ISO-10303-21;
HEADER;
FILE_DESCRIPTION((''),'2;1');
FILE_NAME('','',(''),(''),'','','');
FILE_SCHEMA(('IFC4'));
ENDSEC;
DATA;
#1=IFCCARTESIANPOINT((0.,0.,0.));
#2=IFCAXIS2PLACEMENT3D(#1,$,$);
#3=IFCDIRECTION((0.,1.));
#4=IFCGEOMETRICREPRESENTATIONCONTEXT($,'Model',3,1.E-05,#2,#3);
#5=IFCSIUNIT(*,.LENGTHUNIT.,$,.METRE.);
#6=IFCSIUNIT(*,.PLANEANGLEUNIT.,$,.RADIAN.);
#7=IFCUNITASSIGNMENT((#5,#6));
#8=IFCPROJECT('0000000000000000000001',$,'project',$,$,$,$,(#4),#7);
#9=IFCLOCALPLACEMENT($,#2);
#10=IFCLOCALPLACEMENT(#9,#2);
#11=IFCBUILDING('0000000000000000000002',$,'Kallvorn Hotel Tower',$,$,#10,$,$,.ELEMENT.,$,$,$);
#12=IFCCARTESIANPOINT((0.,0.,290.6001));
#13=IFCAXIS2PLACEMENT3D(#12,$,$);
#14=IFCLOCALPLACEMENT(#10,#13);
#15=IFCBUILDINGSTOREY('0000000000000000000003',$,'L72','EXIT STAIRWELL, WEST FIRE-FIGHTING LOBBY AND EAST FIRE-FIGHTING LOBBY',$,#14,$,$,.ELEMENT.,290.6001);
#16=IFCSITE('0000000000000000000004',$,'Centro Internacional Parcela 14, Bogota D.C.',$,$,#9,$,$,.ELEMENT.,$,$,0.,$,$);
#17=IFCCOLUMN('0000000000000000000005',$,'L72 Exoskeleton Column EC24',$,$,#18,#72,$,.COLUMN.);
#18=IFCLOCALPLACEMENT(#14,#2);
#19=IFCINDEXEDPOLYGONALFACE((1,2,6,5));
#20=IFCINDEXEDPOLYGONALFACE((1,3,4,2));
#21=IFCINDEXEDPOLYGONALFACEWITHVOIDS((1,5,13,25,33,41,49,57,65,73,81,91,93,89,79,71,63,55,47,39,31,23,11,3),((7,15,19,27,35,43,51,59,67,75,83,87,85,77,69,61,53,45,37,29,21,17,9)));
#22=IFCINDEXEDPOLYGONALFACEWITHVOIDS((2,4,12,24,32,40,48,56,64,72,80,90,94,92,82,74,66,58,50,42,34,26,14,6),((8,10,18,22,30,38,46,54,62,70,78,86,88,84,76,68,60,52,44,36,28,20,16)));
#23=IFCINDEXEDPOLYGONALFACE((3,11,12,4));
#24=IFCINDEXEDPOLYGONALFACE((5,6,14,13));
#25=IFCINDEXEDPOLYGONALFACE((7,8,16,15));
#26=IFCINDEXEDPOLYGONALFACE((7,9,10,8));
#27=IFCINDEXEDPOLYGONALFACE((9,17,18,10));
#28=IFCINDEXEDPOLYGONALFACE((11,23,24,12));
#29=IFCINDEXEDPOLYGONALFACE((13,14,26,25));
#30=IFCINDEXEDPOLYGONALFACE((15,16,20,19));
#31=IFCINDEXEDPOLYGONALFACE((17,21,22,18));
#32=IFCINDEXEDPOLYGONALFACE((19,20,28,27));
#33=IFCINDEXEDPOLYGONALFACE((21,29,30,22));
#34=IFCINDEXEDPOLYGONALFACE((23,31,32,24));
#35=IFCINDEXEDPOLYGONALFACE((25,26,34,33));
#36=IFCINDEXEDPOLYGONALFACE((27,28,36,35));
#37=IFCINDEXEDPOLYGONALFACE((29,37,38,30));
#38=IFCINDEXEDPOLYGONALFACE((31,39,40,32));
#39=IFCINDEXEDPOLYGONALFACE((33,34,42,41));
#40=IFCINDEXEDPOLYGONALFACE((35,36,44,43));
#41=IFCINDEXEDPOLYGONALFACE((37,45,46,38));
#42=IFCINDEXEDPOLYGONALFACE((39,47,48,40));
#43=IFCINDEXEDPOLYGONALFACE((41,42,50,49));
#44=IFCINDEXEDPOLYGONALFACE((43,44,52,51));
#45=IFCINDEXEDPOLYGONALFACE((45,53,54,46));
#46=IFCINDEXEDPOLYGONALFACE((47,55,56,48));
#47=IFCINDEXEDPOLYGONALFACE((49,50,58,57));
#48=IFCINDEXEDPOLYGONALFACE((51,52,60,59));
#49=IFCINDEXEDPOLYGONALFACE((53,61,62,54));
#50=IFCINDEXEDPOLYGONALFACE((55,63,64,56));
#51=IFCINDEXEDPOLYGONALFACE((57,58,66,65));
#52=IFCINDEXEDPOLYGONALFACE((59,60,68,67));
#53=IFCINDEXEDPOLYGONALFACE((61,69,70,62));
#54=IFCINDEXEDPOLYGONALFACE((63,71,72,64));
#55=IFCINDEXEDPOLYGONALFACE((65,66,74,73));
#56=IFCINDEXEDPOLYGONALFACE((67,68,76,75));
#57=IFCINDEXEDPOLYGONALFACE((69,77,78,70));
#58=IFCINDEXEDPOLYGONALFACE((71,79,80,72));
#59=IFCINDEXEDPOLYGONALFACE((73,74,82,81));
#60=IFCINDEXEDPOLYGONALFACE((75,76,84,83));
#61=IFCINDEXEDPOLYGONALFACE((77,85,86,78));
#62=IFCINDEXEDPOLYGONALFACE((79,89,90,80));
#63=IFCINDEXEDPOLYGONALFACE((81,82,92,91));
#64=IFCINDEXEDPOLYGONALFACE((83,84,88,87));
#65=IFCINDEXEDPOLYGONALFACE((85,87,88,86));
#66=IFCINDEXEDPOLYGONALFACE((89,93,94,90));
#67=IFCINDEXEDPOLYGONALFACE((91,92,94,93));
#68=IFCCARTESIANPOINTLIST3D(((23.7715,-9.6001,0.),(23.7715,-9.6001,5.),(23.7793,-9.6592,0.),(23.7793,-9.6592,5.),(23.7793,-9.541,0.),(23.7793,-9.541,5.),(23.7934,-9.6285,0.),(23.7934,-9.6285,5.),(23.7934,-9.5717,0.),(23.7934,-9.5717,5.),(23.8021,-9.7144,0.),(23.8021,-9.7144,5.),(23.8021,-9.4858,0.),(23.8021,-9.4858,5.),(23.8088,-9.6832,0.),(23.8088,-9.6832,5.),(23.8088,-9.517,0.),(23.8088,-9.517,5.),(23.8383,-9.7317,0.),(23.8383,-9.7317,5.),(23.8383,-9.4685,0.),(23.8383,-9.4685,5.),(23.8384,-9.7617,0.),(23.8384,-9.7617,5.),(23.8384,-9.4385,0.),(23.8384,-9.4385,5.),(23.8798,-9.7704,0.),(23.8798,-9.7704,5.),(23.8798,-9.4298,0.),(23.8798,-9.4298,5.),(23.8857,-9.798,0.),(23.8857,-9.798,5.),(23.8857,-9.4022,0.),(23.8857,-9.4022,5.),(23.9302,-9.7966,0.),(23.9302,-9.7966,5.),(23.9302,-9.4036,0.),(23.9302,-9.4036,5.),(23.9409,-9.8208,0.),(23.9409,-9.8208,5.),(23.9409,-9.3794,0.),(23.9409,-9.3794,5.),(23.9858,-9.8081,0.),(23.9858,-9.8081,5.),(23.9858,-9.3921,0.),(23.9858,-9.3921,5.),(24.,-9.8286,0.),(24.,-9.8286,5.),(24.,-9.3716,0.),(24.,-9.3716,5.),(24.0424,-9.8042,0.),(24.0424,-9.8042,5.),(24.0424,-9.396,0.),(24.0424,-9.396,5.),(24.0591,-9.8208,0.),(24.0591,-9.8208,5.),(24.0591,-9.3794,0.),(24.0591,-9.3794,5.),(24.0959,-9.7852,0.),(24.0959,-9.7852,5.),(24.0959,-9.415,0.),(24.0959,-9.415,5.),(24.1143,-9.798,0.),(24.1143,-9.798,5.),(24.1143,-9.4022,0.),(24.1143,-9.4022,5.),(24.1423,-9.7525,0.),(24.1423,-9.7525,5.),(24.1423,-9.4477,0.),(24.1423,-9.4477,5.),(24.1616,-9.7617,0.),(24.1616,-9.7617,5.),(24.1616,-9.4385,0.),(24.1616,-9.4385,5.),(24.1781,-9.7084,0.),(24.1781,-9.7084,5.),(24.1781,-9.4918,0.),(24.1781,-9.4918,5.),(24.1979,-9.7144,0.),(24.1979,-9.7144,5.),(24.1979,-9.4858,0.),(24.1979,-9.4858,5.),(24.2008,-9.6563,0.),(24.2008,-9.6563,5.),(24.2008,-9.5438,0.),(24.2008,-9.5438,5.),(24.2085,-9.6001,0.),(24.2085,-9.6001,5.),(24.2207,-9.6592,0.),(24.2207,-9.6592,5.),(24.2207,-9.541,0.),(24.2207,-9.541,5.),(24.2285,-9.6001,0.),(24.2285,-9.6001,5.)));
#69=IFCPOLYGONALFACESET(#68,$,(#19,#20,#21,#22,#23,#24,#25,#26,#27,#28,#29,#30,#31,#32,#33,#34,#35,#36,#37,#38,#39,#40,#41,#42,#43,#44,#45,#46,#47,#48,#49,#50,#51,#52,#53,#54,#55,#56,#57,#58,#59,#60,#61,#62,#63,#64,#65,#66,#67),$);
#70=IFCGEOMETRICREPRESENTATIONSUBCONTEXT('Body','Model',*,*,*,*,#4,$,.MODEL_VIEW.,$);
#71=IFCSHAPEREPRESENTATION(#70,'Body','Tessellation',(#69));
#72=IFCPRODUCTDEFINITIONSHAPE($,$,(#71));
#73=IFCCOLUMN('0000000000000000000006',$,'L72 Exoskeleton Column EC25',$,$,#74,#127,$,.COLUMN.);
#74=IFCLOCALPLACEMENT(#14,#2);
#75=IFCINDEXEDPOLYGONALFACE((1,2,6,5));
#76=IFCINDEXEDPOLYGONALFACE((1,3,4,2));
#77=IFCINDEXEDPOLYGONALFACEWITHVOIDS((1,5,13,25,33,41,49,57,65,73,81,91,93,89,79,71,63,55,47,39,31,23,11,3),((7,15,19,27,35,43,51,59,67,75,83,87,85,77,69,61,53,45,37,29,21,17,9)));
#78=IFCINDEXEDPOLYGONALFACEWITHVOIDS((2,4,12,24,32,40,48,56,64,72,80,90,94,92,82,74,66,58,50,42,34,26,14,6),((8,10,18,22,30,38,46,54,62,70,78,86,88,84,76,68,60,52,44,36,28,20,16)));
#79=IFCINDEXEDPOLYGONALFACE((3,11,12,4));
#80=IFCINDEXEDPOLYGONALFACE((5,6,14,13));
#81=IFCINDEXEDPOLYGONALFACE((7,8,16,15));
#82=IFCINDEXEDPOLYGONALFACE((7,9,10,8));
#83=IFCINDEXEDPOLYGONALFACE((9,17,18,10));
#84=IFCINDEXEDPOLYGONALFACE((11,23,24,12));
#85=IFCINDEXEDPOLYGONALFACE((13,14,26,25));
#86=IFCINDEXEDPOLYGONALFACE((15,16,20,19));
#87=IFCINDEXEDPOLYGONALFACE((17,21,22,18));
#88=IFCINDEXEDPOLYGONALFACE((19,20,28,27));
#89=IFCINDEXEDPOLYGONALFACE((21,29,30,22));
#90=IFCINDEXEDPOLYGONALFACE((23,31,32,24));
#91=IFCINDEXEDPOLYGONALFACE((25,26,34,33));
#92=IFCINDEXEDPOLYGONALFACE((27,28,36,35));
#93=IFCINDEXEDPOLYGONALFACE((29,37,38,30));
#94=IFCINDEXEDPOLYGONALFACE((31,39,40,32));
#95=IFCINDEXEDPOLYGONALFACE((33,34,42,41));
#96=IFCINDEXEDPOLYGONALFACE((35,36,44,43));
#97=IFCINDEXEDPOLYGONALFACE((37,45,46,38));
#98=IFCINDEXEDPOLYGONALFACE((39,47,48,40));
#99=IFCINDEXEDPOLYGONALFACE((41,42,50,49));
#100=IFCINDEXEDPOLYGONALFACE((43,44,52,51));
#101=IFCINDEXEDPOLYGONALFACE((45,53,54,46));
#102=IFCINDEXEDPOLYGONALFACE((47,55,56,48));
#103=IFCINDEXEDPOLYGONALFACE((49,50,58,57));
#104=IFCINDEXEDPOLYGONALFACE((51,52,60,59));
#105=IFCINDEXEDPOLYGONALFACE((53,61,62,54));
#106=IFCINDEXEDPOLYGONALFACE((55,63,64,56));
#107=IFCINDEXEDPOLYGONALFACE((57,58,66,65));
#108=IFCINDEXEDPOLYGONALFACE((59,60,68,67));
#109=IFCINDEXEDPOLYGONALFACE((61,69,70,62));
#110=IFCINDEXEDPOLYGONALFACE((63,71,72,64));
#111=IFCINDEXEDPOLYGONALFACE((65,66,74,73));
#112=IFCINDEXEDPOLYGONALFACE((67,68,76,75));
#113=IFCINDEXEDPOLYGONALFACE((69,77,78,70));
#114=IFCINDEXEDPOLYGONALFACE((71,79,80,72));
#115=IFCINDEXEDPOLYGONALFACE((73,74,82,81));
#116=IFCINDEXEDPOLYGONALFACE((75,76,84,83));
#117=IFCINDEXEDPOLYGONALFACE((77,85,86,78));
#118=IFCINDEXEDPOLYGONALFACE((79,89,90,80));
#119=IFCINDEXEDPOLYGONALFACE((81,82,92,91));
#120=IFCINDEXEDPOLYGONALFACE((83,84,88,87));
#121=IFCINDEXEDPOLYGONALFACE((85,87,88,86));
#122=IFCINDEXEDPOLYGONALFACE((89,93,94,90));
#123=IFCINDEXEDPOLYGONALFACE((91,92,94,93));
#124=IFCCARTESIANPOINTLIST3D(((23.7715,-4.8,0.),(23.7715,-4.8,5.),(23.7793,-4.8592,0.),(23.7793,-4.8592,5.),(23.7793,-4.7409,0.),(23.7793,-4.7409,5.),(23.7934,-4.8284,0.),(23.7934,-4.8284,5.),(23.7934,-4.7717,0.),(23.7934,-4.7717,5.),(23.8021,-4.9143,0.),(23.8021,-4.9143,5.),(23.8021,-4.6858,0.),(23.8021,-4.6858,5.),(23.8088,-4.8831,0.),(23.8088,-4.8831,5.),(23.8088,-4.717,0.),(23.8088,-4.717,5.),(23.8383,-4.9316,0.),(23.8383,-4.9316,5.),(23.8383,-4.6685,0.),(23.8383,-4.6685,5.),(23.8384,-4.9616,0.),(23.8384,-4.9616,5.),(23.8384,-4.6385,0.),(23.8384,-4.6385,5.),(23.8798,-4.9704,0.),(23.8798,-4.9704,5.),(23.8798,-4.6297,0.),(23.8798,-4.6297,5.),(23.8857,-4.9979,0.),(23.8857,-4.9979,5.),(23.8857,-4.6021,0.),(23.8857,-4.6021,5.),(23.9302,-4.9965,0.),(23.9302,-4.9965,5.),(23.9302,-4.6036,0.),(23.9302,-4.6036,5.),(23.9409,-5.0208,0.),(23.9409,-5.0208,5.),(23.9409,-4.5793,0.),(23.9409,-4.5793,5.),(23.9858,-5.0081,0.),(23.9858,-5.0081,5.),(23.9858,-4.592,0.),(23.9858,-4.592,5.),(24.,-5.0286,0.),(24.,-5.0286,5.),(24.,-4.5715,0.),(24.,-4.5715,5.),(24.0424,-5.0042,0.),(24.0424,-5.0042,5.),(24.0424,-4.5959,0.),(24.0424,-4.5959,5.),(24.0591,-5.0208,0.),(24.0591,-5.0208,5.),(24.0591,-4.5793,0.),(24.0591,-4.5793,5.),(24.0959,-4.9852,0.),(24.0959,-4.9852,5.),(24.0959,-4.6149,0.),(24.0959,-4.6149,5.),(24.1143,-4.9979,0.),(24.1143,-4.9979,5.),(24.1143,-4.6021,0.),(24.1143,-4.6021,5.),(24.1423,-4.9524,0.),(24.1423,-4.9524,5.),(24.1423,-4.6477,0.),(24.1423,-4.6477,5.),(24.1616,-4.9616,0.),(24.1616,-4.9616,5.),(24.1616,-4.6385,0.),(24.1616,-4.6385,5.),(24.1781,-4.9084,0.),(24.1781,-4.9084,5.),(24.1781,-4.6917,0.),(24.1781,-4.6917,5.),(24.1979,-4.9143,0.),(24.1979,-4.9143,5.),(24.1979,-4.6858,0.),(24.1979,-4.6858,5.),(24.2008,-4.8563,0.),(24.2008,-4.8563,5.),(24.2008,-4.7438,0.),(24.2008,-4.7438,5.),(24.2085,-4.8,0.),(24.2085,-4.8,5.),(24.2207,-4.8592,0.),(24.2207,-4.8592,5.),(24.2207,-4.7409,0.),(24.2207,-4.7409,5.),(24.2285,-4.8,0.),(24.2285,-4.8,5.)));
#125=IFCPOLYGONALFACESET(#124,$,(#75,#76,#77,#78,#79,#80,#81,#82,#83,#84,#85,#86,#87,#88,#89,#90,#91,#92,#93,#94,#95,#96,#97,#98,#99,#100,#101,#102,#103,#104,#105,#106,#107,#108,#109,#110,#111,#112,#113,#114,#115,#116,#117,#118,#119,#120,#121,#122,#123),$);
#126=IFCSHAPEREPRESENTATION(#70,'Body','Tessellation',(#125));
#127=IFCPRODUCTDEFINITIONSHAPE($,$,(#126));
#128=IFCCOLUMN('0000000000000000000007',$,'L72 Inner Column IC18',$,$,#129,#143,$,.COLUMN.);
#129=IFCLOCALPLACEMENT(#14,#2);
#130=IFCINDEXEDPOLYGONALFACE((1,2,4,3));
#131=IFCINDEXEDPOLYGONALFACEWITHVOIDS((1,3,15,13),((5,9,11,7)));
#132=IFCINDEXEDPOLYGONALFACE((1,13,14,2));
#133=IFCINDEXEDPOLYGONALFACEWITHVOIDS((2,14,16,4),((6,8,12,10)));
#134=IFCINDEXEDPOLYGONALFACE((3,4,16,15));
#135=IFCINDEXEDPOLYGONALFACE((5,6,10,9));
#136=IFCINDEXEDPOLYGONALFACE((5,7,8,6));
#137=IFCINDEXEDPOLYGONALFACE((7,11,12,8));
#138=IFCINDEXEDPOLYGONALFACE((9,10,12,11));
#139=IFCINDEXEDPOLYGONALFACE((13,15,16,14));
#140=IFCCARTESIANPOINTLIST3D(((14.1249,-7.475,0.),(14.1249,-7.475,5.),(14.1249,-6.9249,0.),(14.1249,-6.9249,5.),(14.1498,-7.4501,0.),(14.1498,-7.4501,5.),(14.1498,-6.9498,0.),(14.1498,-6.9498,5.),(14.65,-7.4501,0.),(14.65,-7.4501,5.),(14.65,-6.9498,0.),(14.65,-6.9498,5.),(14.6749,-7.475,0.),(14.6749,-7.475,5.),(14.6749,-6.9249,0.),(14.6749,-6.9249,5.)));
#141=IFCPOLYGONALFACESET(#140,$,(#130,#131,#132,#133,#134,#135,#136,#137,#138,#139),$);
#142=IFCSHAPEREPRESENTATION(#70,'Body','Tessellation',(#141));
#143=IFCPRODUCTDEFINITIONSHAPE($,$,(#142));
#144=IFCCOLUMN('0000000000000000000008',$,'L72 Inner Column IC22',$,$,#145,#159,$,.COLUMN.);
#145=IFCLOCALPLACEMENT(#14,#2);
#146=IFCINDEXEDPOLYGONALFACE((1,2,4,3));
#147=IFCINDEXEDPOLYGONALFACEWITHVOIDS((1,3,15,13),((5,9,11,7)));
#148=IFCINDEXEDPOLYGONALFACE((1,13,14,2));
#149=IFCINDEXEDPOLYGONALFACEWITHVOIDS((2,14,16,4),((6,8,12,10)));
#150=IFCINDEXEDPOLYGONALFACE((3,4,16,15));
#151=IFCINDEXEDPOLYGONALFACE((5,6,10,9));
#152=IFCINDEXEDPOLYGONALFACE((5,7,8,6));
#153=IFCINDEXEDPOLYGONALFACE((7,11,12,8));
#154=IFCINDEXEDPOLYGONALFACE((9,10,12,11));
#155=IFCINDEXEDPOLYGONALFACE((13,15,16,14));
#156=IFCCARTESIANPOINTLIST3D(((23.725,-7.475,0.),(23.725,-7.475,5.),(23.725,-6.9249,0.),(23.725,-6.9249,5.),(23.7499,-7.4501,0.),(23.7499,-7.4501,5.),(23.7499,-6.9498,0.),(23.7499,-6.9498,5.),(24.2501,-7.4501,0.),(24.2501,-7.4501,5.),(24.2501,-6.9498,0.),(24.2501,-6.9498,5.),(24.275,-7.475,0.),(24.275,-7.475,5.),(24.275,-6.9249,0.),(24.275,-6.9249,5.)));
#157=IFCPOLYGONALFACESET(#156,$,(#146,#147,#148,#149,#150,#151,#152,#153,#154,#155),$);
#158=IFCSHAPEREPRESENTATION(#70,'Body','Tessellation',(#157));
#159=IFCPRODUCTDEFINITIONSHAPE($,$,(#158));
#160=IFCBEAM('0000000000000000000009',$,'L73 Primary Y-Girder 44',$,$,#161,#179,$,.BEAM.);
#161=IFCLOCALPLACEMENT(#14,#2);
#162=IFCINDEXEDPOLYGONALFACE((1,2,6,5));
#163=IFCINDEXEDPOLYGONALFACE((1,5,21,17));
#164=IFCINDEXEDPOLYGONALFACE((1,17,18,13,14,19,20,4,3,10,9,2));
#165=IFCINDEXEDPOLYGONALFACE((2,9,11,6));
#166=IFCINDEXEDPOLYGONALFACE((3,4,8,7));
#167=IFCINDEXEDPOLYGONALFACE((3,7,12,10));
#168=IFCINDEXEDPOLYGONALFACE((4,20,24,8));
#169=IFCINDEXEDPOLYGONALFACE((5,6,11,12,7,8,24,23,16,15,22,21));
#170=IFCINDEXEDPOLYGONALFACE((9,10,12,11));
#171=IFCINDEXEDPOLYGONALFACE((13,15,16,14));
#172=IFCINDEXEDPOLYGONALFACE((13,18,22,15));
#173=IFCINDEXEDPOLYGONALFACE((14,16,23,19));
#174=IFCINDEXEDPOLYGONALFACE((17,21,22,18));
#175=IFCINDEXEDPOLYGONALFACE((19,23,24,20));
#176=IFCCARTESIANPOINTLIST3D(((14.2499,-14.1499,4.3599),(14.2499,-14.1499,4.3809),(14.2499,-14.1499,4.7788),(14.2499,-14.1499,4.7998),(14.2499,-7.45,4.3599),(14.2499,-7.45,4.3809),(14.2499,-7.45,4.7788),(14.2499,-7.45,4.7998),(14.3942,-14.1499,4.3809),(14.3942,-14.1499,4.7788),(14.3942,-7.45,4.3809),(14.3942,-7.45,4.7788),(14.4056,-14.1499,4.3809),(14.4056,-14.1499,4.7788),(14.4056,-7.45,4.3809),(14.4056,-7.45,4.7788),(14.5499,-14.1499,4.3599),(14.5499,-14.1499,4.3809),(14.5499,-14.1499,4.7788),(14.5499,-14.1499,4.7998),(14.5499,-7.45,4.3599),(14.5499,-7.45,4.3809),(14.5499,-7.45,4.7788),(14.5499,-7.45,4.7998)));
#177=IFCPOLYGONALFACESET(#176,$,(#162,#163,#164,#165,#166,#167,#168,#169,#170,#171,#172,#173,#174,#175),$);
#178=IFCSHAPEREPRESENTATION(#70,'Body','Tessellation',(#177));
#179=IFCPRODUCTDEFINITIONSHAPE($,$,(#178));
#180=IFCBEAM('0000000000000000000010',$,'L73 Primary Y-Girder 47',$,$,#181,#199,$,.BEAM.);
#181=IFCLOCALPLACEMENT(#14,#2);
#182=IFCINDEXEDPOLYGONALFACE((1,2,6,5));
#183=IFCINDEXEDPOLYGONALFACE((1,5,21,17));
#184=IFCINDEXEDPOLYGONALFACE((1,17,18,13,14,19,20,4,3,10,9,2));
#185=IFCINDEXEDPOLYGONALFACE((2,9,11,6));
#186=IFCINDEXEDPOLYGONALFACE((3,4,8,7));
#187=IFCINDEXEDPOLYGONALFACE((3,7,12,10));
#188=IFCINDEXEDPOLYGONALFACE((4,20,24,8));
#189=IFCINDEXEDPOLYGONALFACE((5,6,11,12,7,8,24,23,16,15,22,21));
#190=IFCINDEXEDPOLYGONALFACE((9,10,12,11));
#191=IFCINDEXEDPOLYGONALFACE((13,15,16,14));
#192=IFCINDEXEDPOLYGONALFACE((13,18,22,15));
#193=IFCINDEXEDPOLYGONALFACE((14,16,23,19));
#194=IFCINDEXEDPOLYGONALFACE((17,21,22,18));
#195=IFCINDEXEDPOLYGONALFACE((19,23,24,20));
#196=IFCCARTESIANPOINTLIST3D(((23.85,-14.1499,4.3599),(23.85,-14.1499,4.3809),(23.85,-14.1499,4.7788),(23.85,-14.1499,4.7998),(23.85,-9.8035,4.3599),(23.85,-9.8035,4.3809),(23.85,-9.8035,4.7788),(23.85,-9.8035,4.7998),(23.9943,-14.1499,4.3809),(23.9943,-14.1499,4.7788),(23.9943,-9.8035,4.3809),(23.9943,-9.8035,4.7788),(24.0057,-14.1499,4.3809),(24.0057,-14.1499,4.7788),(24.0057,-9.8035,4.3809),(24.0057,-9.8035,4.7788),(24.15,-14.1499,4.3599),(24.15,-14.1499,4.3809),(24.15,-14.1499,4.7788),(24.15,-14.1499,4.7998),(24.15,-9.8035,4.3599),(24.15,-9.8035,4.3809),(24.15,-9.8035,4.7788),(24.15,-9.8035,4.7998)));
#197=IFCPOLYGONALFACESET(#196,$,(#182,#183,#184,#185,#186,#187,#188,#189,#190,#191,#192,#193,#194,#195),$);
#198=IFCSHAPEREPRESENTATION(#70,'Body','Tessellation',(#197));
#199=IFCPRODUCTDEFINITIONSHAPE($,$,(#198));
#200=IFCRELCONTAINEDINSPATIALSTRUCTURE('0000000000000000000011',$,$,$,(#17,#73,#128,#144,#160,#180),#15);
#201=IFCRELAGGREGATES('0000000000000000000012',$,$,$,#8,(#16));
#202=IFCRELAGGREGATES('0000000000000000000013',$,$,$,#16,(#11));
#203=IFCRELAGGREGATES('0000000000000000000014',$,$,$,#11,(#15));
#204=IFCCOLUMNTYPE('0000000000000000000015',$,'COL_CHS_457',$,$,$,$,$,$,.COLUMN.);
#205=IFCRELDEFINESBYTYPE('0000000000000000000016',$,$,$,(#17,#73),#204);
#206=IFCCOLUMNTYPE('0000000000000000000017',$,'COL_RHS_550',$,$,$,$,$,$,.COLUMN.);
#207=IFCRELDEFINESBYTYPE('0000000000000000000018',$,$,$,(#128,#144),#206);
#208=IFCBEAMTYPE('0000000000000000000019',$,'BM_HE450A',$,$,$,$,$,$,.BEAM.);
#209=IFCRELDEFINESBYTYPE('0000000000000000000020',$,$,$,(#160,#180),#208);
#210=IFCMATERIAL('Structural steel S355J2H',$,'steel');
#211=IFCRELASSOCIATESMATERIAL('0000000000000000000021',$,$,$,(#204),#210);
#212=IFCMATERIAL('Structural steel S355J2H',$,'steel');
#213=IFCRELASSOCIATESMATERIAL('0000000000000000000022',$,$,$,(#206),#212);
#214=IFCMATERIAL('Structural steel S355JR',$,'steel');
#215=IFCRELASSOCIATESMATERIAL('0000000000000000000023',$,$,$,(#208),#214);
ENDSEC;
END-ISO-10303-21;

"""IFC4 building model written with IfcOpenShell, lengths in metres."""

from ifc_helpers import new_model, si_unit, direction, frame, origin, origin_2d, place, context, subcontext, project, spatial, hollow_rectangle, hollow_circle, i_section, extrude, material, material_profile, profile_set, type_object, element, save


model = new_model("IFC4")

# Units and contexts
model_context = context("Model", 3, precision=1e-05, world=origin(), true_north=direction((0.0, 1.0)))
body_context = subcontext(model_context, "Body", "Model", "MODEL_VIEW")
ifc_project = project(units=[si_unit("LENGTHUNIT", "METRE"), si_unit("PLANEANGLEUNIT", "RADIAN")], contexts=[model_context])

# Site, building, storey
site_placement = place(None, origin())
site = spatial("IfcSite", under=ifc_project, at=site_placement, Name="Centro Internacional Parcela 14, Bogota D.C.", CompositionType="ELEMENT", RefElevation=0.0)
building_placement = place(site_placement, origin())
building = spatial("IfcBuilding", under=site, at=building_placement, Name="Kallvorn Hotel Tower", CompositionType="ELEMENT")
storey_placement = place(building_placement, frame((0.0, 0.0, 290.6001)))
storey = spatial("IfcBuildingStorey", under=building, at=storey_placement, Name="L72", Description="EXIT STAIRWELL, WEST FIRE-FIGHTING LOBBY AND EAST FIRE-FIGHTING LOBBY", CompositionType="ELEMENT", Elevation=290.6001)

# Columns
ifc_material_1 = material(Name="Structural steel S355J2H", Category="steel")
ifc_material_profile_1 = material_profile(ifc_material_1, hollow_circle(Radius=0.2285, WallThickness=0.02, at=origin_2d()), Name="CHS 457x20")
ifc_profile_set_1 = profile_set([ifc_material_profile_1], Name="Structural steel S355J2H")
column_type_1 = type_object("IfcColumnType", Name="COL_CHS_457", PredefinedType="COLUMN", material=ifc_profile_set_1)
for number, where, z_axis, x_axis, name in (
    (1, (24.0, -9.6001, 0.0), (0.0, 0.0, 1.0), (1.0, 0.0, 0.0), "L72 Exoskeleton Column EC24"),
    (2, (24.0, -4.8, 0.0), (0.0, 0.0, 1.0), (1.0, 0.0, 0.0), "L72 Exoskeleton Column EC25"),
):
    element("IfcColumn", number, at=place(storey_placement, frame(where, z_axis=z_axis, x_axis=x_axis)), inside=storey, type_object=column_type_1, Name=name, PredefinedType="COLUMN", context=body_context, shape_type="SweptSolid", body=[
        extrude(hollow_circle(Radius=0.2285, WallThickness=0.02, at=origin_2d()), origin(), (0.0, 0.0, 1.0), 5.0),
    ])
ifc_material_2 = material(Name="Structural steel S355J2H", Category="steel")
ifc_material_profile_2 = material_profile(ifc_material_2, hollow_rectangle(XDim=0.55, YDim=0.55, WallThickness=0.0249, at=origin_2d()), Name="RHS 550x550x25")
ifc_profile_set_2 = profile_set([ifc_material_profile_2], Name="Structural steel S355J2H")
column_type_2 = type_object("IfcColumnType", Name="COL_RHS_550", PredefinedType="COLUMN", material=ifc_profile_set_2)
for number, where, z_axis, x_axis, name in (
    (3, (14.3999, -7.2, 0.0), (0.0, 0.0, 1.0), (1.0, 0.0, 0.0), "L72 Inner Column IC18"),
    (4, (24.0, -7.2, 0.0), (0.0, 0.0, 1.0), (1.0, 0.0, 0.0), "L72 Inner Column IC22"),
):
    element("IfcColumn", number, at=place(storey_placement, frame(where, z_axis=z_axis, x_axis=x_axis)), inside=storey, type_object=column_type_2, Name=name, PredefinedType="COLUMN", context=body_context, shape_type="SweptSolid", body=[
        extrude(hollow_rectangle(XDim=0.55, YDim=0.55, WallThickness=0.0249, at=origin_2d()), origin(), (0.0, 0.0, 1.0), 5.0),
    ])

# Beams
ifc_material_3 = material(Name="Structural steel S355JR", Category="steel")
ifc_material_profile_3 = material_profile(ifc_material_3, i_section(OverallWidth=0.3, OverallDepth=0.4399, WebThickness=0.0115, FlangeThickness=0.021, at=origin_2d()), Name="HE 450 A")
ifc_profile_set_3 = profile_set([ifc_material_profile_3], Name="Structural steel S355JR")
beam_type_1 = type_object("IfcBeamType", Name="BM_HE450A", PredefinedType="BEAM", material=ifc_profile_set_3)
beam_1_placement = place(storey_placement, frame((14.3999, -14.1499, 4.5798), z_axis=(0.0, 1.0, 0.0), x_axis=(-1.0, 0.0, 0.0)))
element("IfcBeam", 5, at=beam_1_placement, inside=storey, type_object=beam_type_1, Name="L73 Primary Y-Girder 44", PredefinedType="BEAM", context=body_context, shape_type="SweptSolid", body=[
    extrude(i_section(OverallWidth=0.3, OverallDepth=0.4399, WebThickness=0.0115, FlangeThickness=0.021, at=origin_2d()), origin(), (0.0, 0.0, 1.0), 6.7),
])
beam_2_placement = place(storey_placement, frame((24.0, -14.1499, 4.5798), z_axis=(0.0, 1.0, 0.0), x_axis=(-1.0, 0.0, 0.0)))
element("IfcBeam", 6, at=beam_2_placement, inside=storey, type_object=beam_type_1, Name="L73 Primary Y-Girder 47", PredefinedType="BEAM", context=body_context, shape_type="SweptSolid", body=[
    extrude(i_section(OverallWidth=0.3, OverallDepth=0.4399, WebThickness=0.0115, FlangeThickness=0.021, at=origin_2d()), origin(), (0.0, 0.0, 1.0), 4.3464),
])

save(model, "model.ifc")
